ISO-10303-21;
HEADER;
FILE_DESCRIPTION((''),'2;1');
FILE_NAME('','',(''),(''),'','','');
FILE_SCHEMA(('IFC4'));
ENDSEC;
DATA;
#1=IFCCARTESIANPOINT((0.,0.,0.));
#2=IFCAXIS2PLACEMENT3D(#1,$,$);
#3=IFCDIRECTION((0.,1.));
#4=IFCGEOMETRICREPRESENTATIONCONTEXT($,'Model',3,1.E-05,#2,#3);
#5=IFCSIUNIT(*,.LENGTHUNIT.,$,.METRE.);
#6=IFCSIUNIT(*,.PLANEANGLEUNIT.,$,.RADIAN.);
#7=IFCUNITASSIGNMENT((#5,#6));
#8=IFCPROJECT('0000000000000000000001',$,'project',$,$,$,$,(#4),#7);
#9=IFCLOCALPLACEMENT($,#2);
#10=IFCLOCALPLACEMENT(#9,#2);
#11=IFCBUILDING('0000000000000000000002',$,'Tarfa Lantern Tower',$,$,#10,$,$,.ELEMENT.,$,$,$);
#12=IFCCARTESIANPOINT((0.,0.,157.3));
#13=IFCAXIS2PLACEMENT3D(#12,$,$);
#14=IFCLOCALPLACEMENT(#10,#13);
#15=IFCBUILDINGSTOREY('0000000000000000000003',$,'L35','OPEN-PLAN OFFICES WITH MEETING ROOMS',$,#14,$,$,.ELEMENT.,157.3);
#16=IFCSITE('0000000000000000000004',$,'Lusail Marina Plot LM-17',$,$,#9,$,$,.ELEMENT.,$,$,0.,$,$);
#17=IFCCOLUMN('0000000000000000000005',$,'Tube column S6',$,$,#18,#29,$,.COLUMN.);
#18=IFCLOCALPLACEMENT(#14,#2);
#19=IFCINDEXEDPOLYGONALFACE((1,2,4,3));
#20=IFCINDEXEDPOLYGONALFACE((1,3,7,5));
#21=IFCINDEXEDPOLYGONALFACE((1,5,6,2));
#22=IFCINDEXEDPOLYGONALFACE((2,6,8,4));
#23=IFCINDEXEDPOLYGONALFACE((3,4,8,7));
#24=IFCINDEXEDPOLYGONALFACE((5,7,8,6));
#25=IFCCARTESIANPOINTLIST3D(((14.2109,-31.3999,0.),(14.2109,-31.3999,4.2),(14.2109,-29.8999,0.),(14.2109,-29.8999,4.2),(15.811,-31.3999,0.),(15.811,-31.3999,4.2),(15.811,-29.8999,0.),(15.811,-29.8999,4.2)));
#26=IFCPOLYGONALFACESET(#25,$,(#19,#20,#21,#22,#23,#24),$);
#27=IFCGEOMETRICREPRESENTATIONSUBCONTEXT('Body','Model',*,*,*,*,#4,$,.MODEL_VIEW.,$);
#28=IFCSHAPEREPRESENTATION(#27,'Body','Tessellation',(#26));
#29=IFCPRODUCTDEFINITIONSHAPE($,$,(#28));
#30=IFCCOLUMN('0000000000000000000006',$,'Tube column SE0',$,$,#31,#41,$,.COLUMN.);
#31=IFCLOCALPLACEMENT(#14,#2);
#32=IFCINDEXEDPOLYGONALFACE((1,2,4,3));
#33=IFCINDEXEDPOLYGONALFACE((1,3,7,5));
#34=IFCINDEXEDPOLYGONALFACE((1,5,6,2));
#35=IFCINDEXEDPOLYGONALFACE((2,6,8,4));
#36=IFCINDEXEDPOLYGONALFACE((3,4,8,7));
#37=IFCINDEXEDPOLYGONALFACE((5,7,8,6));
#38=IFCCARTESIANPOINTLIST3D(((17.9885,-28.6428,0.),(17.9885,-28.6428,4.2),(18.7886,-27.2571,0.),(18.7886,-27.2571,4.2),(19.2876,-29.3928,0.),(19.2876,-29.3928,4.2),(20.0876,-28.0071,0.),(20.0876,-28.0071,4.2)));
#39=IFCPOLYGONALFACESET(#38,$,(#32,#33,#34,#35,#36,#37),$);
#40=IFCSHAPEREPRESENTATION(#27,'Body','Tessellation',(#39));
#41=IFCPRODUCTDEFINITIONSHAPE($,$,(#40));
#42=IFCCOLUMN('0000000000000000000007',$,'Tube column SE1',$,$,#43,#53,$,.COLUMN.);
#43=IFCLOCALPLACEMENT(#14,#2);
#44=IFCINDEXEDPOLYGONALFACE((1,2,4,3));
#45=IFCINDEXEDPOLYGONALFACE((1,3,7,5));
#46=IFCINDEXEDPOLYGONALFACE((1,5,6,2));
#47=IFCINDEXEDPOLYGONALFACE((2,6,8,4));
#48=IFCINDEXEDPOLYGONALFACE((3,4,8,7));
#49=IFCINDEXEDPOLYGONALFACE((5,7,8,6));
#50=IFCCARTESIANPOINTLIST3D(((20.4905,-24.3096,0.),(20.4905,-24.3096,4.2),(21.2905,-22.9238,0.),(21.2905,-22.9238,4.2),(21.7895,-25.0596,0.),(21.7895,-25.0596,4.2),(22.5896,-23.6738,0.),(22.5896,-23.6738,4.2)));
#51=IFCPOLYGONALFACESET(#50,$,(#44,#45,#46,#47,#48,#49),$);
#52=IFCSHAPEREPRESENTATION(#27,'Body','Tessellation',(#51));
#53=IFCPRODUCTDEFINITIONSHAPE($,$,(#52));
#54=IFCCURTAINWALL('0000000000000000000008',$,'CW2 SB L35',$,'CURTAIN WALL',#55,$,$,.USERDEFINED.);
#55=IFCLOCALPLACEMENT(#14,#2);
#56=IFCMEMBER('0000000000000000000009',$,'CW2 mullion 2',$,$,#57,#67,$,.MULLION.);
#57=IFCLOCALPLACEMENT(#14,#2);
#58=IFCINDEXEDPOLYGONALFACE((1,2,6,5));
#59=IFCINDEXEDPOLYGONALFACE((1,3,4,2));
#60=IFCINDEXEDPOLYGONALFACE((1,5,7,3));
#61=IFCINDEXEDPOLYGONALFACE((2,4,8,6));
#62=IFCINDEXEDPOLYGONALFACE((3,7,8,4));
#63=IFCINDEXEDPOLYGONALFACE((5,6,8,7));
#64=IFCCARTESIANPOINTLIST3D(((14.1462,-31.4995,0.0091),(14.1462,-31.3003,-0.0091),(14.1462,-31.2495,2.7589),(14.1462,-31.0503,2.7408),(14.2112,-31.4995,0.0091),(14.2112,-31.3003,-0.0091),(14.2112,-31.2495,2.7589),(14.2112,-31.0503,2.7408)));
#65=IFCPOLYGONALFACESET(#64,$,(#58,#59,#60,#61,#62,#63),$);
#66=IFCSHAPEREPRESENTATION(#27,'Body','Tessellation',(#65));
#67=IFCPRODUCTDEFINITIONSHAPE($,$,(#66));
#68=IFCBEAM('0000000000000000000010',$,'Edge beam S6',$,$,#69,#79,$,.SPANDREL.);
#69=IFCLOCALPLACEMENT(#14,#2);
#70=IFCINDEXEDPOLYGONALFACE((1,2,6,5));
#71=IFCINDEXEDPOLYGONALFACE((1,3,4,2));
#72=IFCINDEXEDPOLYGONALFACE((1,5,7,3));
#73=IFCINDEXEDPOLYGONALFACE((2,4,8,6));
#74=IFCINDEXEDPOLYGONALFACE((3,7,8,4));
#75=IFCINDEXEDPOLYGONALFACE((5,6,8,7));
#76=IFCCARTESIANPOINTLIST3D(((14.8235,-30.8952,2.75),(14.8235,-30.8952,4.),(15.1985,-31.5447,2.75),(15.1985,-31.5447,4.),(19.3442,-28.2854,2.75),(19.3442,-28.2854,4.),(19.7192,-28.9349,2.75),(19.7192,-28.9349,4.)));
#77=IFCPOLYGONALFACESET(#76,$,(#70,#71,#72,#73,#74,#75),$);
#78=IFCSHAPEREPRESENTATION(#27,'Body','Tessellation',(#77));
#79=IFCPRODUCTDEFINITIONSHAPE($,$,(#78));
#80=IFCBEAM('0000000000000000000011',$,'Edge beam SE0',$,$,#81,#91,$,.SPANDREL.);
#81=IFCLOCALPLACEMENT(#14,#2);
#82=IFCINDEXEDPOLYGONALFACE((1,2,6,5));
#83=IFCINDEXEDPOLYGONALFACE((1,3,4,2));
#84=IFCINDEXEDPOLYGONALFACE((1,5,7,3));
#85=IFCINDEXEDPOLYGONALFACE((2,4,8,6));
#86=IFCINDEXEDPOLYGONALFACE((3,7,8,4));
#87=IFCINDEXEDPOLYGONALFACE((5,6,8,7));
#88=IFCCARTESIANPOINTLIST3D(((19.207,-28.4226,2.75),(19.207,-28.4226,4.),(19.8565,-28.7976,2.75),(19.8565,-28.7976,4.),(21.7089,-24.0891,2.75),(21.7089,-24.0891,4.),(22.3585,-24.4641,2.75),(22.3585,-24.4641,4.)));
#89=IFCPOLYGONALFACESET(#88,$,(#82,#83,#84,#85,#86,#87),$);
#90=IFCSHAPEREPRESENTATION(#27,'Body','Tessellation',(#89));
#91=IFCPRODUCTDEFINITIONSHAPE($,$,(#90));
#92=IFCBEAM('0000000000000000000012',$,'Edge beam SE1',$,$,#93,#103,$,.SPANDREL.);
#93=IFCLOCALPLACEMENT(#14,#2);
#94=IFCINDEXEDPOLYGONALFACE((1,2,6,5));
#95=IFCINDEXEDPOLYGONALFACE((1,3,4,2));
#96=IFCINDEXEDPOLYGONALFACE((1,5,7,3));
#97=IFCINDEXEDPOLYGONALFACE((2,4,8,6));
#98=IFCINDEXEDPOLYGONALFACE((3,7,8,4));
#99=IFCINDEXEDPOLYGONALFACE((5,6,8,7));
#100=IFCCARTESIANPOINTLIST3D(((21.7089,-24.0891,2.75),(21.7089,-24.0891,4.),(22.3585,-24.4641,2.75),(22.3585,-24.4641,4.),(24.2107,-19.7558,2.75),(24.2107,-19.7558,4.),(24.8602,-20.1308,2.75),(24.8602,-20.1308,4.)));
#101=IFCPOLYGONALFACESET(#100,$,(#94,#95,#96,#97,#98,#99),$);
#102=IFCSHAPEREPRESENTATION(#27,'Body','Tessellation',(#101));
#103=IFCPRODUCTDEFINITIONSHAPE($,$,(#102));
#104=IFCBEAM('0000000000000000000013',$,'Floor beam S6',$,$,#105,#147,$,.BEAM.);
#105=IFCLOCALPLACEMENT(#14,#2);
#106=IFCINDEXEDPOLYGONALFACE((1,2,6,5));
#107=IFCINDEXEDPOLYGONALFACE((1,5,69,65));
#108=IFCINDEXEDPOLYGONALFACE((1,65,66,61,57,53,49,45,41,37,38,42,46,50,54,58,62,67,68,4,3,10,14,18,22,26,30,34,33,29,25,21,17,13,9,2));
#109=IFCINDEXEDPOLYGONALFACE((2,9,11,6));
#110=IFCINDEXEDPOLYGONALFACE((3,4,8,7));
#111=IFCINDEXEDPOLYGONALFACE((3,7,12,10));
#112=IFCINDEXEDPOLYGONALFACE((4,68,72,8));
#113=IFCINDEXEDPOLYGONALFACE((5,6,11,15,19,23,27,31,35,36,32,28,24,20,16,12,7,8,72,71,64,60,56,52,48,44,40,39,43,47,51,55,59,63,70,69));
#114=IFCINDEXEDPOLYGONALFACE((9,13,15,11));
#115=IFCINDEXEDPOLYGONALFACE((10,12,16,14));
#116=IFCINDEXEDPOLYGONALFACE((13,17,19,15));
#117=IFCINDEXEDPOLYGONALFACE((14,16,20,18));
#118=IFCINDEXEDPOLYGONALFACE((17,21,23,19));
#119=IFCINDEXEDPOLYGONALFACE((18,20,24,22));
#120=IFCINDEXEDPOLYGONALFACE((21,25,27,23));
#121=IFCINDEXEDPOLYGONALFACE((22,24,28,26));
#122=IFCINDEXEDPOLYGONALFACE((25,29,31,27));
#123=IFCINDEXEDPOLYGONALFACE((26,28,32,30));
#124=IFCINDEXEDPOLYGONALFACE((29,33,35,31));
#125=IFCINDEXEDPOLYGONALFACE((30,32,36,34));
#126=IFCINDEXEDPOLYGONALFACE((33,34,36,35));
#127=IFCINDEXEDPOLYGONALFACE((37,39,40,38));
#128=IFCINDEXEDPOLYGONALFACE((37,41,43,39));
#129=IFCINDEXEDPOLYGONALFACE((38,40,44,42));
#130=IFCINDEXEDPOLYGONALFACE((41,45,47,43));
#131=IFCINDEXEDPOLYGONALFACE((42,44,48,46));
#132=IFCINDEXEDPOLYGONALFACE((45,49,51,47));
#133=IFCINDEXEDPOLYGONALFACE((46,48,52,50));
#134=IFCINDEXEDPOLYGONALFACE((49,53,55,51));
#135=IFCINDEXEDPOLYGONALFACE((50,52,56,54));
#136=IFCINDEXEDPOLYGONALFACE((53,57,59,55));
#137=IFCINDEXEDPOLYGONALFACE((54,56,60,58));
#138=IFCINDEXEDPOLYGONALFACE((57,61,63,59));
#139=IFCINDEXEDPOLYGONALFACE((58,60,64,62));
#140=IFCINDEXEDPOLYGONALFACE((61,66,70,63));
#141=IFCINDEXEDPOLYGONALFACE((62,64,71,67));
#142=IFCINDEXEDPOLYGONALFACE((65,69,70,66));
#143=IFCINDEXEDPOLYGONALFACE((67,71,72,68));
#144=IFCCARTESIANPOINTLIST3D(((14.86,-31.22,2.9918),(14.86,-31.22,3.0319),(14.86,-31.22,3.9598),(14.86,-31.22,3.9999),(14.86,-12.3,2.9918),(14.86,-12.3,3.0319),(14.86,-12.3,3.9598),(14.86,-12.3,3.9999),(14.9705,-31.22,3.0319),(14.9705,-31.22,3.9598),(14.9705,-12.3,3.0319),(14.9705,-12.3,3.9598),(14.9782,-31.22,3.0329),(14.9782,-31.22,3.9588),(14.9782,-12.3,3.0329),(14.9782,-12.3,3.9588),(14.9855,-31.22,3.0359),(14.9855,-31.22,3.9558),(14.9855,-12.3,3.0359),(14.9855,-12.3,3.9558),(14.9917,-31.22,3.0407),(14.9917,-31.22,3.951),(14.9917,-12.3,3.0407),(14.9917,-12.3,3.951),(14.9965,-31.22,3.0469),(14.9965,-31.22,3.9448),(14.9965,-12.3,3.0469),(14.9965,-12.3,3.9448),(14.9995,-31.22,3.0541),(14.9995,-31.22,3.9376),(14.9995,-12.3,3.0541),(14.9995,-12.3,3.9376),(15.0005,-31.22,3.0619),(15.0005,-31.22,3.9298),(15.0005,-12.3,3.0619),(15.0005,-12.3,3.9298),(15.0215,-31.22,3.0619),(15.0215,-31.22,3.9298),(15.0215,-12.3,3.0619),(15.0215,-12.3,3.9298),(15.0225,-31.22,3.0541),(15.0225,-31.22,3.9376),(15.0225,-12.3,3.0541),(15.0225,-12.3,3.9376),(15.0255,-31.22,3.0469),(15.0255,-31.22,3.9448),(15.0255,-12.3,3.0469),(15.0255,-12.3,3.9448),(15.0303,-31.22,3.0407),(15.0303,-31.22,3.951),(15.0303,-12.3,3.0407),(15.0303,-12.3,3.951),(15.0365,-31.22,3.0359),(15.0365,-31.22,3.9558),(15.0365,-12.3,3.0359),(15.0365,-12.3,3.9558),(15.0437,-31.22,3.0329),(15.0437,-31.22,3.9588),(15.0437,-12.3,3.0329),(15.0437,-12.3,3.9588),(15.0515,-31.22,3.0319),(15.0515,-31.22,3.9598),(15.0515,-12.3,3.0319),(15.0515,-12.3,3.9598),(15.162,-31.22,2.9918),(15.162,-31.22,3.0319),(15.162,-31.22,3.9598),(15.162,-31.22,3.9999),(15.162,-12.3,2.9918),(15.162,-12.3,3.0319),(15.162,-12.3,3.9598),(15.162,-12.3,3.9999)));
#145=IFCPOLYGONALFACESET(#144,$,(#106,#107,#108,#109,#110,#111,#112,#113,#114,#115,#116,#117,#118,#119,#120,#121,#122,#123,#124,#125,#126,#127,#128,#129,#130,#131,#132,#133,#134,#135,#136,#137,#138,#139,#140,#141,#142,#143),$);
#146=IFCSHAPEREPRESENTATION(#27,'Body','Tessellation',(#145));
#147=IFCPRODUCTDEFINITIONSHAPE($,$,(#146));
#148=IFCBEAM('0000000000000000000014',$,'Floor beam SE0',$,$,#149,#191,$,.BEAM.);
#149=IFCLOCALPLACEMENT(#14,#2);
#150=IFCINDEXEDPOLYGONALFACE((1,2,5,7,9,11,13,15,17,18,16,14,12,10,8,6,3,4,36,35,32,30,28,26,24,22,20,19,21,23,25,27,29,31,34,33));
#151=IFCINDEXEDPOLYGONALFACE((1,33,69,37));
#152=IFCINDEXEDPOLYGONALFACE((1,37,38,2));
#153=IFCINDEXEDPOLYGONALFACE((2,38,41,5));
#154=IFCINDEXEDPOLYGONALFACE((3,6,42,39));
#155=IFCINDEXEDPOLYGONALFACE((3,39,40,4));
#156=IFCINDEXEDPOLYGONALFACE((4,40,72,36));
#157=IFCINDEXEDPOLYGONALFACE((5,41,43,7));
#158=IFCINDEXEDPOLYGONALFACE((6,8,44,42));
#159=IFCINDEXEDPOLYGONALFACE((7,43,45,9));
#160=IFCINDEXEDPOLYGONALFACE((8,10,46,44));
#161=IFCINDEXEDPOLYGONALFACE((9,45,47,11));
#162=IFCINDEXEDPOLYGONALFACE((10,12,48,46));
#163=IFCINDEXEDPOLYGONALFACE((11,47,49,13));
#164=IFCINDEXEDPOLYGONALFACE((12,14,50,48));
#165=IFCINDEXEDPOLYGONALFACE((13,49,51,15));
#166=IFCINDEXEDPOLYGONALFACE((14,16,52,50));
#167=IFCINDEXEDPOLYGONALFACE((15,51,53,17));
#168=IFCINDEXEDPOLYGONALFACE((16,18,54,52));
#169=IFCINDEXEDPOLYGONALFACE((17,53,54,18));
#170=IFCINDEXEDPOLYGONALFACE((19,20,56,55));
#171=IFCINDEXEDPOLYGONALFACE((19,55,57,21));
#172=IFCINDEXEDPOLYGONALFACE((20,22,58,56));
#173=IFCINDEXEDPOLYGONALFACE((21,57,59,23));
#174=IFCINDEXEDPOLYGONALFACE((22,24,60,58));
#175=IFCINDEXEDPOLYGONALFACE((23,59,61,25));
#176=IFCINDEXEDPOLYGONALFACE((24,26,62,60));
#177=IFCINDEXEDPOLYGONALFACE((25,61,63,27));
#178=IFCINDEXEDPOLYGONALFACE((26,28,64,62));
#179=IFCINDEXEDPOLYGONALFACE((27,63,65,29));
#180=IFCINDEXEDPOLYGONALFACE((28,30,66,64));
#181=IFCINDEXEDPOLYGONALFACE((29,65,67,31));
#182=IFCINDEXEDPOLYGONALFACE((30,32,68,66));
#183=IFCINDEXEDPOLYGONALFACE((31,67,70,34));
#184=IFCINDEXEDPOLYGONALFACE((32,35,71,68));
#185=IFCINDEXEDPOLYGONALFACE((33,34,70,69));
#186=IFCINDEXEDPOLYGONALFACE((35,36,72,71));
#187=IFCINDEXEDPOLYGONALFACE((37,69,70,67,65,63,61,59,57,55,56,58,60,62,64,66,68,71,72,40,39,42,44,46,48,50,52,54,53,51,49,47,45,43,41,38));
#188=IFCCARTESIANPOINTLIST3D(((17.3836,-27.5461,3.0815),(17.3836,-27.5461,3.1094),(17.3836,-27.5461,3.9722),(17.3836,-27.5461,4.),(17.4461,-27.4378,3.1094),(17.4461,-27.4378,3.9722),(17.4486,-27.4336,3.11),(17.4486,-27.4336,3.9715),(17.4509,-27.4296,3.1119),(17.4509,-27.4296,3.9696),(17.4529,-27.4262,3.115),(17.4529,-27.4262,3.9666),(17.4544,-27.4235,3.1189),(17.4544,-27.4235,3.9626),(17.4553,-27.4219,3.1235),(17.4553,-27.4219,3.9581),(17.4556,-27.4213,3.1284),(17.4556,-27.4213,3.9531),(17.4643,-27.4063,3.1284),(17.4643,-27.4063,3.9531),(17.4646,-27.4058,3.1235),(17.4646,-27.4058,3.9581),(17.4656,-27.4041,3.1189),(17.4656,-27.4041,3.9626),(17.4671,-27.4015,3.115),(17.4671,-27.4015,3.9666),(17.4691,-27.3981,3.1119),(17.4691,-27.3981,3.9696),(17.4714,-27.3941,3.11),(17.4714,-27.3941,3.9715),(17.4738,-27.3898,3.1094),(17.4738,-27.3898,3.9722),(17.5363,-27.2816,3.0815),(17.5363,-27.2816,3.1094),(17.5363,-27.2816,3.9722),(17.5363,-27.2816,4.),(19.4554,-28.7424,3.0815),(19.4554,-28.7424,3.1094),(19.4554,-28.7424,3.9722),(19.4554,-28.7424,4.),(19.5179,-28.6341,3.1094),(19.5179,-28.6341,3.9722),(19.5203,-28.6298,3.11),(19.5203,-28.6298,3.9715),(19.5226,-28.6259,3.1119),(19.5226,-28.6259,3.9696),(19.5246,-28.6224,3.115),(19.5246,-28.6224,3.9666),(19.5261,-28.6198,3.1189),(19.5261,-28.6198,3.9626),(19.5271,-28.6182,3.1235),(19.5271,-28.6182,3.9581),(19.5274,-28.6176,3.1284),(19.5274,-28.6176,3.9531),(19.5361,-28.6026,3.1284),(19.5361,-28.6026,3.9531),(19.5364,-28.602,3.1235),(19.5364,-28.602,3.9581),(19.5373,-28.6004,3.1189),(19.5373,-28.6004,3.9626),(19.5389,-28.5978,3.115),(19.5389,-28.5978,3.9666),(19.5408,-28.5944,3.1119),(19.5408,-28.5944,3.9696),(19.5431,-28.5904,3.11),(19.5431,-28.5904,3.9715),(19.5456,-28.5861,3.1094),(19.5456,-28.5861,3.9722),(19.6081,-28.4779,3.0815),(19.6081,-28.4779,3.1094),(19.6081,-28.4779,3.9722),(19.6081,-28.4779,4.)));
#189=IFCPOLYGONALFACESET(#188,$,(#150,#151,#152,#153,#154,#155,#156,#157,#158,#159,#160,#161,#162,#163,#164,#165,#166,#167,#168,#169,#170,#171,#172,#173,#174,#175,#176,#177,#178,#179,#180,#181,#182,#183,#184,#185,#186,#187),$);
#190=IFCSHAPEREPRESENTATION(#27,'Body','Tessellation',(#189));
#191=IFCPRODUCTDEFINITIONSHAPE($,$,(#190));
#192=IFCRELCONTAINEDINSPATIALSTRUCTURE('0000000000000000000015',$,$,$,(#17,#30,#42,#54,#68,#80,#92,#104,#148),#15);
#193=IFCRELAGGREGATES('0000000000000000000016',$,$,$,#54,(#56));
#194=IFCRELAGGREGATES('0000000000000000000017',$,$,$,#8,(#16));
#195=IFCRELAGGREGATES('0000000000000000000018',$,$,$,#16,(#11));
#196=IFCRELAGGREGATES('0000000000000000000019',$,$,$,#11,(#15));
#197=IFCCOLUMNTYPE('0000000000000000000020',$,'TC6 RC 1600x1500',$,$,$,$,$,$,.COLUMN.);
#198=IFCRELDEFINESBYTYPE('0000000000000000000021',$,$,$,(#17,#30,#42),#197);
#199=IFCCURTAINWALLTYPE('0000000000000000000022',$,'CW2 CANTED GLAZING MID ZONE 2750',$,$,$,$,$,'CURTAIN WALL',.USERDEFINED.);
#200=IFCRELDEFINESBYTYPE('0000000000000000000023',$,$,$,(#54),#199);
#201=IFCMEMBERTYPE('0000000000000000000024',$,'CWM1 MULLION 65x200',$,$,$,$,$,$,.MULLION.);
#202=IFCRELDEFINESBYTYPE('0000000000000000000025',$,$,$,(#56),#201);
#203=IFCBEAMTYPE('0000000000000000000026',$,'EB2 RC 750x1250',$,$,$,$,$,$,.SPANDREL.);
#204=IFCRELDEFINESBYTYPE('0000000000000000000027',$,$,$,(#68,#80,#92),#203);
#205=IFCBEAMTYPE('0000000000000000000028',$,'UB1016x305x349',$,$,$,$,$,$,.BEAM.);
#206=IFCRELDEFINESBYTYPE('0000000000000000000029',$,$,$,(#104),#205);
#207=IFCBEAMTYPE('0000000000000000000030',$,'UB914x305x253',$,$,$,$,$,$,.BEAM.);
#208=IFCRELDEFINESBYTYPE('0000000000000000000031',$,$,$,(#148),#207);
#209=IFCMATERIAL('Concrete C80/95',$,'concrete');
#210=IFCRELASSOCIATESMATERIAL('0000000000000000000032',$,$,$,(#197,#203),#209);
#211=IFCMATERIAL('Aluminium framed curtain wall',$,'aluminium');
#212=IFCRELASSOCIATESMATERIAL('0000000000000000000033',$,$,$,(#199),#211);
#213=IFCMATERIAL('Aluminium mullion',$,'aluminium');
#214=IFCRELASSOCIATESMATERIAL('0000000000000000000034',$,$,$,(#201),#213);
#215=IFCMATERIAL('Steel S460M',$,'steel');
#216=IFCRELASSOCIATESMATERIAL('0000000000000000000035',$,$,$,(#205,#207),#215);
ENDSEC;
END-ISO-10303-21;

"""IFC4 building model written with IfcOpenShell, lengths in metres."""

from ifc_helpers import new_model, si_unit, direction, frame, origin, origin_2d, place, context, subcontext, project, spatial, rectangle, i_section, extrude, material, material_profile, profile_set, type_object, element, aggregate, save


model = new_model("IFC4")

# Units and contexts
model_context = context("Model", 3, precision=1e-05, world=origin(), true_north=direction((0.0, 1.0)))
body_context = subcontext(model_context, "Body", "Model", "MODEL_VIEW")
ifc_project = project(units=[si_unit("LENGTHUNIT", "METRE"), si_unit("PLANEANGLEUNIT", "RADIAN")], contexts=[model_context])

# Site, building, storey
site_placement = place(None, origin())
site = spatial("IfcSite", under=ifc_project, at=site_placement, Name="Lusail Marina Plot LM-17", CompositionType="ELEMENT", RefElevation=0.0)
building_placement = place(site_placement, origin())
building = spatial("IfcBuilding", under=site, at=building_placement, Name="Tarfa Lantern Tower", CompositionType="ELEMENT")
storey_placement = place(building_placement, frame((0.0, 0.0, 157.3)))
storey = spatial("IfcBuildingStorey", under=building, at=storey_placement, Name="L35", Description="OPEN-PLAN OFFICES WITH MEETING ROOMS", CompositionType="ELEMENT", Elevation=157.3)

# Columns
ifc_material_1 = material(Name="Concrete C80/95", Category="concrete")
ifc_material_profile_1 = material_profile(ifc_material_1, rectangle(XDim=1.6001, YDim=1.5, at=origin_2d()), Name="RC 1600x1500")
ifc_profile_set_1 = profile_set([ifc_material_profile_1], Name="Concrete C80/95")
column_type = type_object("IfcColumnType", Name="TC6 RC 1600x1500", PredefinedType="COLUMN", material=ifc_profile_set_1)
for number, where, z_axis, x_axis, name in (
    (1, (15.011, -30.6499, 0.0), (0.0, 0.0, 1.0), (1.0, 0.0, 0.0), "Tube column S6"),
    (2, (19.0381, -28.325, 0.0), (0.0, 0.0, 1.0), (0.5, 0.866025, 0.0), "Tube column SE0"),
    (3, (21.54, -23.9917, 0.0), (0.0, 0.0, 1.0), (0.5, 0.866025, 0.0), "Tube column SE1"),
):
    element("IfcColumn", number, at=place(storey_placement, frame(where, z_axis=z_axis, x_axis=x_axis)), inside=storey, type_object=column_type, Name=name, PredefinedType="COLUMN", context=body_context, shape_type="SweptSolid", body=[
        extrude(rectangle(XDim=1.6001, YDim=1.5, at=origin_2d()), origin(), (0.0, 0.0, 1.0), 4.2),
    ])

# Curtain wall, member
ifc_material_2 = material(Name="Aluminium framed curtain wall", Category="aluminium")
curtain_wall_type = type_object("IfcCurtainWallType", Name="CW2 CANTED GLAZING MID ZONE 2750", ElementType="CURTAIN WALL", PredefinedType="USERDEFINED", material=ifc_material_2)
curtain_wall_placement = place(storey_placement, origin())
curtain_wall = element("IfcCurtainWall", 4, at=curtain_wall_placement, inside=storey, type_object=curtain_wall_type, Name="CW2 SB L35", ObjectType="CURTAIN WALL", PredefinedType="USERDEFINED")
ifc_material_3 = material(Name="Aluminium mullion", Category="aluminium")
ifc_material_profile_2 = material_profile(ifc_material_3, rectangle(XDim=0.0649, YDim=0.2, at=origin_2d()), Name="AL MULLION 65x200")
ifc_profile_set_2 = profile_set([ifc_material_profile_2], Name="Aluminium mullion")
member_type = type_object("IfcMemberType", Name="CWM1 MULLION 65x200", PredefinedType="MULLION", material=ifc_profile_set_2)
member_placement = place(storey_placement, frame((14.1787, -31.3999, 0.0), z_axis=(0.0, 0.090536, 0.995893), x_axis=(-1.0, 0.0, 0.0)))
member = element("IfcMember", 5, at=member_placement, type_object=member_type, Name="CW2 mullion 2", PredefinedType="MULLION", context=body_context, shape_type="SweptSolid", body=[
    extrude(rectangle(XDim=0.0649, YDim=0.2, at=origin_2d()), origin(), (0.0, 0.0, 1.0), 2.7612),
])
aggregate(curtain_wall, [member])

# Beams
ifc_material_profile_3 = material_profile(ifc_material_1, rectangle(XDim=0.75, YDim=1.25, at=origin_2d()), Name="RC 750x1250")
ifc_profile_set_3 = profile_set([ifc_material_profile_3], Name="Concrete C80/95")
beam_type_1 = type_object("IfcBeamType", Name="EB2 RC 750x1250", PredefinedType="SPANDREL", material=ifc_profile_set_3)
beam_1_placement = place(storey_placement, frame((15.011, -31.22, 3.375), z_axis=(0.866042, 0.499972, 0.0), x_axis=(-0.499972, 0.866042, 0.0)))
element("IfcBeam", 6, at=beam_1_placement, inside=storey, type_object=beam_type_1, Name="Edge beam S6", PredefinedType="SPANDREL", context=body_context, shape_type="SweptSolid", body=[
    extrude(rectangle(XDim=0.75, YDim=1.25, at=origin_2d()), origin(), (0.0, 0.0, 1.0), 5.22),
])
beam_2_placement = place(storey_placement, frame((19.5317, -28.6101, 3.375), z_axis=(0.500001, 0.866025, 0.0), x_axis=(-0.866025, 0.500001, 0.0)))
element("IfcBeam", 7, at=beam_2_placement, inside=storey, type_object=beam_type_1, Name="Edge beam SE0", PredefinedType="SPANDREL", context=body_context, shape_type="SweptSolid", body=[
    extrude(rectangle(XDim=0.75, YDim=1.25, at=origin_2d()), origin(), (0.0, 0.0, 1.0), 5.0039),
])
beam_3_placement = place(storey_placement, frame((22.0337, -24.2766, 3.375), z_axis=(0.499986, 0.866034, 0.0), x_axis=(-0.866034, 0.499986, 0.0)))
element("IfcBeam", 8, at=beam_3_placement, inside=storey, type_object=beam_type_1, Name="Edge beam SE1", PredefinedType="SPANDREL", context=body_context, shape_type="SweptSolid", body=[
    extrude(rectangle(XDim=0.75, YDim=1.25, at=origin_2d()), origin(), (0.0, 0.0, 1.0), 5.0037),
])
ifc_material_4 = material(Name="Steel S460M", Category="steel")
ifc_material_profile_4 = material_profile(ifc_material_4, i_section(OverallWidth=0.302, OverallDepth=1.0081, WebThickness=0.021, FlangeThickness=0.04, FilletRadius=0.03, at=origin_2d()), Name="UB1016x305x349")
ifc_profile_set_4 = profile_set([ifc_material_profile_4], Name="Steel S460M")
beam_type_2 = type_object("IfcBeamType", Name="UB1016x305x349", PredefinedType="BEAM", material=ifc_profile_set_4)
beam_4_placement = place(storey_placement, frame((15.011, -31.22, 3.4958), z_axis=(0.0, 1.0, 0.0), x_axis=(-1.0, 0.0, 0.0)))
element("IfcBeam", 9, at=beam_4_placement, inside=storey, type_object=beam_type_2, Name="Floor beam S6", PredefinedType="BEAM", context=body_context, shape_type="SweptSolid", body=[
    extrude(i_section(OverallWidth=0.302, OverallDepth=1.0081, WebThickness=0.021, FlangeThickness=0.04, FilletRadius=0.03, at=origin_2d()), origin(), (0.0, 0.0, 1.0), 18.9199),
])
ifc_material_profile_5 = material_profile(ifc_material_4, i_section(OverallWidth=0.3054, OverallDepth=0.9185, WebThickness=0.0173, FlangeThickness=0.0278, FilletRadius=0.019, at=origin_2d()), Name="UB914x305x253")
ifc_profile_set_5 = profile_set([ifc_material_profile_5], Name="Steel S460M")
beam_type_3 = type_object("IfcBeamType", Name="UB914x305x253", PredefinedType="BEAM", material=ifc_profile_set_5)
beam_5_placement = place(storey_placement, frame((19.5317, -28.6101, 3.5408), z_axis=(-0.865999, 0.500046, 0.0), x_axis=(-0.500046, -0.865999, 0.0)))
element("IfcBeam", 10, at=beam_5_placement, inside=storey, type_object=beam_type_3, Name="Floor beam SE0", PredefinedType="BEAM", context=body_context, shape_type="SweptSolid", body=[
    extrude(i_section(OverallWidth=0.3054, OverallDepth=0.9185, WebThickness=0.0173, FlangeThickness=0.0278, FilletRadius=0.019, at=origin_2d()), origin(), (0.0, 0.0, 1.0), 2.3923),
])

save(model, "model.ifc")
